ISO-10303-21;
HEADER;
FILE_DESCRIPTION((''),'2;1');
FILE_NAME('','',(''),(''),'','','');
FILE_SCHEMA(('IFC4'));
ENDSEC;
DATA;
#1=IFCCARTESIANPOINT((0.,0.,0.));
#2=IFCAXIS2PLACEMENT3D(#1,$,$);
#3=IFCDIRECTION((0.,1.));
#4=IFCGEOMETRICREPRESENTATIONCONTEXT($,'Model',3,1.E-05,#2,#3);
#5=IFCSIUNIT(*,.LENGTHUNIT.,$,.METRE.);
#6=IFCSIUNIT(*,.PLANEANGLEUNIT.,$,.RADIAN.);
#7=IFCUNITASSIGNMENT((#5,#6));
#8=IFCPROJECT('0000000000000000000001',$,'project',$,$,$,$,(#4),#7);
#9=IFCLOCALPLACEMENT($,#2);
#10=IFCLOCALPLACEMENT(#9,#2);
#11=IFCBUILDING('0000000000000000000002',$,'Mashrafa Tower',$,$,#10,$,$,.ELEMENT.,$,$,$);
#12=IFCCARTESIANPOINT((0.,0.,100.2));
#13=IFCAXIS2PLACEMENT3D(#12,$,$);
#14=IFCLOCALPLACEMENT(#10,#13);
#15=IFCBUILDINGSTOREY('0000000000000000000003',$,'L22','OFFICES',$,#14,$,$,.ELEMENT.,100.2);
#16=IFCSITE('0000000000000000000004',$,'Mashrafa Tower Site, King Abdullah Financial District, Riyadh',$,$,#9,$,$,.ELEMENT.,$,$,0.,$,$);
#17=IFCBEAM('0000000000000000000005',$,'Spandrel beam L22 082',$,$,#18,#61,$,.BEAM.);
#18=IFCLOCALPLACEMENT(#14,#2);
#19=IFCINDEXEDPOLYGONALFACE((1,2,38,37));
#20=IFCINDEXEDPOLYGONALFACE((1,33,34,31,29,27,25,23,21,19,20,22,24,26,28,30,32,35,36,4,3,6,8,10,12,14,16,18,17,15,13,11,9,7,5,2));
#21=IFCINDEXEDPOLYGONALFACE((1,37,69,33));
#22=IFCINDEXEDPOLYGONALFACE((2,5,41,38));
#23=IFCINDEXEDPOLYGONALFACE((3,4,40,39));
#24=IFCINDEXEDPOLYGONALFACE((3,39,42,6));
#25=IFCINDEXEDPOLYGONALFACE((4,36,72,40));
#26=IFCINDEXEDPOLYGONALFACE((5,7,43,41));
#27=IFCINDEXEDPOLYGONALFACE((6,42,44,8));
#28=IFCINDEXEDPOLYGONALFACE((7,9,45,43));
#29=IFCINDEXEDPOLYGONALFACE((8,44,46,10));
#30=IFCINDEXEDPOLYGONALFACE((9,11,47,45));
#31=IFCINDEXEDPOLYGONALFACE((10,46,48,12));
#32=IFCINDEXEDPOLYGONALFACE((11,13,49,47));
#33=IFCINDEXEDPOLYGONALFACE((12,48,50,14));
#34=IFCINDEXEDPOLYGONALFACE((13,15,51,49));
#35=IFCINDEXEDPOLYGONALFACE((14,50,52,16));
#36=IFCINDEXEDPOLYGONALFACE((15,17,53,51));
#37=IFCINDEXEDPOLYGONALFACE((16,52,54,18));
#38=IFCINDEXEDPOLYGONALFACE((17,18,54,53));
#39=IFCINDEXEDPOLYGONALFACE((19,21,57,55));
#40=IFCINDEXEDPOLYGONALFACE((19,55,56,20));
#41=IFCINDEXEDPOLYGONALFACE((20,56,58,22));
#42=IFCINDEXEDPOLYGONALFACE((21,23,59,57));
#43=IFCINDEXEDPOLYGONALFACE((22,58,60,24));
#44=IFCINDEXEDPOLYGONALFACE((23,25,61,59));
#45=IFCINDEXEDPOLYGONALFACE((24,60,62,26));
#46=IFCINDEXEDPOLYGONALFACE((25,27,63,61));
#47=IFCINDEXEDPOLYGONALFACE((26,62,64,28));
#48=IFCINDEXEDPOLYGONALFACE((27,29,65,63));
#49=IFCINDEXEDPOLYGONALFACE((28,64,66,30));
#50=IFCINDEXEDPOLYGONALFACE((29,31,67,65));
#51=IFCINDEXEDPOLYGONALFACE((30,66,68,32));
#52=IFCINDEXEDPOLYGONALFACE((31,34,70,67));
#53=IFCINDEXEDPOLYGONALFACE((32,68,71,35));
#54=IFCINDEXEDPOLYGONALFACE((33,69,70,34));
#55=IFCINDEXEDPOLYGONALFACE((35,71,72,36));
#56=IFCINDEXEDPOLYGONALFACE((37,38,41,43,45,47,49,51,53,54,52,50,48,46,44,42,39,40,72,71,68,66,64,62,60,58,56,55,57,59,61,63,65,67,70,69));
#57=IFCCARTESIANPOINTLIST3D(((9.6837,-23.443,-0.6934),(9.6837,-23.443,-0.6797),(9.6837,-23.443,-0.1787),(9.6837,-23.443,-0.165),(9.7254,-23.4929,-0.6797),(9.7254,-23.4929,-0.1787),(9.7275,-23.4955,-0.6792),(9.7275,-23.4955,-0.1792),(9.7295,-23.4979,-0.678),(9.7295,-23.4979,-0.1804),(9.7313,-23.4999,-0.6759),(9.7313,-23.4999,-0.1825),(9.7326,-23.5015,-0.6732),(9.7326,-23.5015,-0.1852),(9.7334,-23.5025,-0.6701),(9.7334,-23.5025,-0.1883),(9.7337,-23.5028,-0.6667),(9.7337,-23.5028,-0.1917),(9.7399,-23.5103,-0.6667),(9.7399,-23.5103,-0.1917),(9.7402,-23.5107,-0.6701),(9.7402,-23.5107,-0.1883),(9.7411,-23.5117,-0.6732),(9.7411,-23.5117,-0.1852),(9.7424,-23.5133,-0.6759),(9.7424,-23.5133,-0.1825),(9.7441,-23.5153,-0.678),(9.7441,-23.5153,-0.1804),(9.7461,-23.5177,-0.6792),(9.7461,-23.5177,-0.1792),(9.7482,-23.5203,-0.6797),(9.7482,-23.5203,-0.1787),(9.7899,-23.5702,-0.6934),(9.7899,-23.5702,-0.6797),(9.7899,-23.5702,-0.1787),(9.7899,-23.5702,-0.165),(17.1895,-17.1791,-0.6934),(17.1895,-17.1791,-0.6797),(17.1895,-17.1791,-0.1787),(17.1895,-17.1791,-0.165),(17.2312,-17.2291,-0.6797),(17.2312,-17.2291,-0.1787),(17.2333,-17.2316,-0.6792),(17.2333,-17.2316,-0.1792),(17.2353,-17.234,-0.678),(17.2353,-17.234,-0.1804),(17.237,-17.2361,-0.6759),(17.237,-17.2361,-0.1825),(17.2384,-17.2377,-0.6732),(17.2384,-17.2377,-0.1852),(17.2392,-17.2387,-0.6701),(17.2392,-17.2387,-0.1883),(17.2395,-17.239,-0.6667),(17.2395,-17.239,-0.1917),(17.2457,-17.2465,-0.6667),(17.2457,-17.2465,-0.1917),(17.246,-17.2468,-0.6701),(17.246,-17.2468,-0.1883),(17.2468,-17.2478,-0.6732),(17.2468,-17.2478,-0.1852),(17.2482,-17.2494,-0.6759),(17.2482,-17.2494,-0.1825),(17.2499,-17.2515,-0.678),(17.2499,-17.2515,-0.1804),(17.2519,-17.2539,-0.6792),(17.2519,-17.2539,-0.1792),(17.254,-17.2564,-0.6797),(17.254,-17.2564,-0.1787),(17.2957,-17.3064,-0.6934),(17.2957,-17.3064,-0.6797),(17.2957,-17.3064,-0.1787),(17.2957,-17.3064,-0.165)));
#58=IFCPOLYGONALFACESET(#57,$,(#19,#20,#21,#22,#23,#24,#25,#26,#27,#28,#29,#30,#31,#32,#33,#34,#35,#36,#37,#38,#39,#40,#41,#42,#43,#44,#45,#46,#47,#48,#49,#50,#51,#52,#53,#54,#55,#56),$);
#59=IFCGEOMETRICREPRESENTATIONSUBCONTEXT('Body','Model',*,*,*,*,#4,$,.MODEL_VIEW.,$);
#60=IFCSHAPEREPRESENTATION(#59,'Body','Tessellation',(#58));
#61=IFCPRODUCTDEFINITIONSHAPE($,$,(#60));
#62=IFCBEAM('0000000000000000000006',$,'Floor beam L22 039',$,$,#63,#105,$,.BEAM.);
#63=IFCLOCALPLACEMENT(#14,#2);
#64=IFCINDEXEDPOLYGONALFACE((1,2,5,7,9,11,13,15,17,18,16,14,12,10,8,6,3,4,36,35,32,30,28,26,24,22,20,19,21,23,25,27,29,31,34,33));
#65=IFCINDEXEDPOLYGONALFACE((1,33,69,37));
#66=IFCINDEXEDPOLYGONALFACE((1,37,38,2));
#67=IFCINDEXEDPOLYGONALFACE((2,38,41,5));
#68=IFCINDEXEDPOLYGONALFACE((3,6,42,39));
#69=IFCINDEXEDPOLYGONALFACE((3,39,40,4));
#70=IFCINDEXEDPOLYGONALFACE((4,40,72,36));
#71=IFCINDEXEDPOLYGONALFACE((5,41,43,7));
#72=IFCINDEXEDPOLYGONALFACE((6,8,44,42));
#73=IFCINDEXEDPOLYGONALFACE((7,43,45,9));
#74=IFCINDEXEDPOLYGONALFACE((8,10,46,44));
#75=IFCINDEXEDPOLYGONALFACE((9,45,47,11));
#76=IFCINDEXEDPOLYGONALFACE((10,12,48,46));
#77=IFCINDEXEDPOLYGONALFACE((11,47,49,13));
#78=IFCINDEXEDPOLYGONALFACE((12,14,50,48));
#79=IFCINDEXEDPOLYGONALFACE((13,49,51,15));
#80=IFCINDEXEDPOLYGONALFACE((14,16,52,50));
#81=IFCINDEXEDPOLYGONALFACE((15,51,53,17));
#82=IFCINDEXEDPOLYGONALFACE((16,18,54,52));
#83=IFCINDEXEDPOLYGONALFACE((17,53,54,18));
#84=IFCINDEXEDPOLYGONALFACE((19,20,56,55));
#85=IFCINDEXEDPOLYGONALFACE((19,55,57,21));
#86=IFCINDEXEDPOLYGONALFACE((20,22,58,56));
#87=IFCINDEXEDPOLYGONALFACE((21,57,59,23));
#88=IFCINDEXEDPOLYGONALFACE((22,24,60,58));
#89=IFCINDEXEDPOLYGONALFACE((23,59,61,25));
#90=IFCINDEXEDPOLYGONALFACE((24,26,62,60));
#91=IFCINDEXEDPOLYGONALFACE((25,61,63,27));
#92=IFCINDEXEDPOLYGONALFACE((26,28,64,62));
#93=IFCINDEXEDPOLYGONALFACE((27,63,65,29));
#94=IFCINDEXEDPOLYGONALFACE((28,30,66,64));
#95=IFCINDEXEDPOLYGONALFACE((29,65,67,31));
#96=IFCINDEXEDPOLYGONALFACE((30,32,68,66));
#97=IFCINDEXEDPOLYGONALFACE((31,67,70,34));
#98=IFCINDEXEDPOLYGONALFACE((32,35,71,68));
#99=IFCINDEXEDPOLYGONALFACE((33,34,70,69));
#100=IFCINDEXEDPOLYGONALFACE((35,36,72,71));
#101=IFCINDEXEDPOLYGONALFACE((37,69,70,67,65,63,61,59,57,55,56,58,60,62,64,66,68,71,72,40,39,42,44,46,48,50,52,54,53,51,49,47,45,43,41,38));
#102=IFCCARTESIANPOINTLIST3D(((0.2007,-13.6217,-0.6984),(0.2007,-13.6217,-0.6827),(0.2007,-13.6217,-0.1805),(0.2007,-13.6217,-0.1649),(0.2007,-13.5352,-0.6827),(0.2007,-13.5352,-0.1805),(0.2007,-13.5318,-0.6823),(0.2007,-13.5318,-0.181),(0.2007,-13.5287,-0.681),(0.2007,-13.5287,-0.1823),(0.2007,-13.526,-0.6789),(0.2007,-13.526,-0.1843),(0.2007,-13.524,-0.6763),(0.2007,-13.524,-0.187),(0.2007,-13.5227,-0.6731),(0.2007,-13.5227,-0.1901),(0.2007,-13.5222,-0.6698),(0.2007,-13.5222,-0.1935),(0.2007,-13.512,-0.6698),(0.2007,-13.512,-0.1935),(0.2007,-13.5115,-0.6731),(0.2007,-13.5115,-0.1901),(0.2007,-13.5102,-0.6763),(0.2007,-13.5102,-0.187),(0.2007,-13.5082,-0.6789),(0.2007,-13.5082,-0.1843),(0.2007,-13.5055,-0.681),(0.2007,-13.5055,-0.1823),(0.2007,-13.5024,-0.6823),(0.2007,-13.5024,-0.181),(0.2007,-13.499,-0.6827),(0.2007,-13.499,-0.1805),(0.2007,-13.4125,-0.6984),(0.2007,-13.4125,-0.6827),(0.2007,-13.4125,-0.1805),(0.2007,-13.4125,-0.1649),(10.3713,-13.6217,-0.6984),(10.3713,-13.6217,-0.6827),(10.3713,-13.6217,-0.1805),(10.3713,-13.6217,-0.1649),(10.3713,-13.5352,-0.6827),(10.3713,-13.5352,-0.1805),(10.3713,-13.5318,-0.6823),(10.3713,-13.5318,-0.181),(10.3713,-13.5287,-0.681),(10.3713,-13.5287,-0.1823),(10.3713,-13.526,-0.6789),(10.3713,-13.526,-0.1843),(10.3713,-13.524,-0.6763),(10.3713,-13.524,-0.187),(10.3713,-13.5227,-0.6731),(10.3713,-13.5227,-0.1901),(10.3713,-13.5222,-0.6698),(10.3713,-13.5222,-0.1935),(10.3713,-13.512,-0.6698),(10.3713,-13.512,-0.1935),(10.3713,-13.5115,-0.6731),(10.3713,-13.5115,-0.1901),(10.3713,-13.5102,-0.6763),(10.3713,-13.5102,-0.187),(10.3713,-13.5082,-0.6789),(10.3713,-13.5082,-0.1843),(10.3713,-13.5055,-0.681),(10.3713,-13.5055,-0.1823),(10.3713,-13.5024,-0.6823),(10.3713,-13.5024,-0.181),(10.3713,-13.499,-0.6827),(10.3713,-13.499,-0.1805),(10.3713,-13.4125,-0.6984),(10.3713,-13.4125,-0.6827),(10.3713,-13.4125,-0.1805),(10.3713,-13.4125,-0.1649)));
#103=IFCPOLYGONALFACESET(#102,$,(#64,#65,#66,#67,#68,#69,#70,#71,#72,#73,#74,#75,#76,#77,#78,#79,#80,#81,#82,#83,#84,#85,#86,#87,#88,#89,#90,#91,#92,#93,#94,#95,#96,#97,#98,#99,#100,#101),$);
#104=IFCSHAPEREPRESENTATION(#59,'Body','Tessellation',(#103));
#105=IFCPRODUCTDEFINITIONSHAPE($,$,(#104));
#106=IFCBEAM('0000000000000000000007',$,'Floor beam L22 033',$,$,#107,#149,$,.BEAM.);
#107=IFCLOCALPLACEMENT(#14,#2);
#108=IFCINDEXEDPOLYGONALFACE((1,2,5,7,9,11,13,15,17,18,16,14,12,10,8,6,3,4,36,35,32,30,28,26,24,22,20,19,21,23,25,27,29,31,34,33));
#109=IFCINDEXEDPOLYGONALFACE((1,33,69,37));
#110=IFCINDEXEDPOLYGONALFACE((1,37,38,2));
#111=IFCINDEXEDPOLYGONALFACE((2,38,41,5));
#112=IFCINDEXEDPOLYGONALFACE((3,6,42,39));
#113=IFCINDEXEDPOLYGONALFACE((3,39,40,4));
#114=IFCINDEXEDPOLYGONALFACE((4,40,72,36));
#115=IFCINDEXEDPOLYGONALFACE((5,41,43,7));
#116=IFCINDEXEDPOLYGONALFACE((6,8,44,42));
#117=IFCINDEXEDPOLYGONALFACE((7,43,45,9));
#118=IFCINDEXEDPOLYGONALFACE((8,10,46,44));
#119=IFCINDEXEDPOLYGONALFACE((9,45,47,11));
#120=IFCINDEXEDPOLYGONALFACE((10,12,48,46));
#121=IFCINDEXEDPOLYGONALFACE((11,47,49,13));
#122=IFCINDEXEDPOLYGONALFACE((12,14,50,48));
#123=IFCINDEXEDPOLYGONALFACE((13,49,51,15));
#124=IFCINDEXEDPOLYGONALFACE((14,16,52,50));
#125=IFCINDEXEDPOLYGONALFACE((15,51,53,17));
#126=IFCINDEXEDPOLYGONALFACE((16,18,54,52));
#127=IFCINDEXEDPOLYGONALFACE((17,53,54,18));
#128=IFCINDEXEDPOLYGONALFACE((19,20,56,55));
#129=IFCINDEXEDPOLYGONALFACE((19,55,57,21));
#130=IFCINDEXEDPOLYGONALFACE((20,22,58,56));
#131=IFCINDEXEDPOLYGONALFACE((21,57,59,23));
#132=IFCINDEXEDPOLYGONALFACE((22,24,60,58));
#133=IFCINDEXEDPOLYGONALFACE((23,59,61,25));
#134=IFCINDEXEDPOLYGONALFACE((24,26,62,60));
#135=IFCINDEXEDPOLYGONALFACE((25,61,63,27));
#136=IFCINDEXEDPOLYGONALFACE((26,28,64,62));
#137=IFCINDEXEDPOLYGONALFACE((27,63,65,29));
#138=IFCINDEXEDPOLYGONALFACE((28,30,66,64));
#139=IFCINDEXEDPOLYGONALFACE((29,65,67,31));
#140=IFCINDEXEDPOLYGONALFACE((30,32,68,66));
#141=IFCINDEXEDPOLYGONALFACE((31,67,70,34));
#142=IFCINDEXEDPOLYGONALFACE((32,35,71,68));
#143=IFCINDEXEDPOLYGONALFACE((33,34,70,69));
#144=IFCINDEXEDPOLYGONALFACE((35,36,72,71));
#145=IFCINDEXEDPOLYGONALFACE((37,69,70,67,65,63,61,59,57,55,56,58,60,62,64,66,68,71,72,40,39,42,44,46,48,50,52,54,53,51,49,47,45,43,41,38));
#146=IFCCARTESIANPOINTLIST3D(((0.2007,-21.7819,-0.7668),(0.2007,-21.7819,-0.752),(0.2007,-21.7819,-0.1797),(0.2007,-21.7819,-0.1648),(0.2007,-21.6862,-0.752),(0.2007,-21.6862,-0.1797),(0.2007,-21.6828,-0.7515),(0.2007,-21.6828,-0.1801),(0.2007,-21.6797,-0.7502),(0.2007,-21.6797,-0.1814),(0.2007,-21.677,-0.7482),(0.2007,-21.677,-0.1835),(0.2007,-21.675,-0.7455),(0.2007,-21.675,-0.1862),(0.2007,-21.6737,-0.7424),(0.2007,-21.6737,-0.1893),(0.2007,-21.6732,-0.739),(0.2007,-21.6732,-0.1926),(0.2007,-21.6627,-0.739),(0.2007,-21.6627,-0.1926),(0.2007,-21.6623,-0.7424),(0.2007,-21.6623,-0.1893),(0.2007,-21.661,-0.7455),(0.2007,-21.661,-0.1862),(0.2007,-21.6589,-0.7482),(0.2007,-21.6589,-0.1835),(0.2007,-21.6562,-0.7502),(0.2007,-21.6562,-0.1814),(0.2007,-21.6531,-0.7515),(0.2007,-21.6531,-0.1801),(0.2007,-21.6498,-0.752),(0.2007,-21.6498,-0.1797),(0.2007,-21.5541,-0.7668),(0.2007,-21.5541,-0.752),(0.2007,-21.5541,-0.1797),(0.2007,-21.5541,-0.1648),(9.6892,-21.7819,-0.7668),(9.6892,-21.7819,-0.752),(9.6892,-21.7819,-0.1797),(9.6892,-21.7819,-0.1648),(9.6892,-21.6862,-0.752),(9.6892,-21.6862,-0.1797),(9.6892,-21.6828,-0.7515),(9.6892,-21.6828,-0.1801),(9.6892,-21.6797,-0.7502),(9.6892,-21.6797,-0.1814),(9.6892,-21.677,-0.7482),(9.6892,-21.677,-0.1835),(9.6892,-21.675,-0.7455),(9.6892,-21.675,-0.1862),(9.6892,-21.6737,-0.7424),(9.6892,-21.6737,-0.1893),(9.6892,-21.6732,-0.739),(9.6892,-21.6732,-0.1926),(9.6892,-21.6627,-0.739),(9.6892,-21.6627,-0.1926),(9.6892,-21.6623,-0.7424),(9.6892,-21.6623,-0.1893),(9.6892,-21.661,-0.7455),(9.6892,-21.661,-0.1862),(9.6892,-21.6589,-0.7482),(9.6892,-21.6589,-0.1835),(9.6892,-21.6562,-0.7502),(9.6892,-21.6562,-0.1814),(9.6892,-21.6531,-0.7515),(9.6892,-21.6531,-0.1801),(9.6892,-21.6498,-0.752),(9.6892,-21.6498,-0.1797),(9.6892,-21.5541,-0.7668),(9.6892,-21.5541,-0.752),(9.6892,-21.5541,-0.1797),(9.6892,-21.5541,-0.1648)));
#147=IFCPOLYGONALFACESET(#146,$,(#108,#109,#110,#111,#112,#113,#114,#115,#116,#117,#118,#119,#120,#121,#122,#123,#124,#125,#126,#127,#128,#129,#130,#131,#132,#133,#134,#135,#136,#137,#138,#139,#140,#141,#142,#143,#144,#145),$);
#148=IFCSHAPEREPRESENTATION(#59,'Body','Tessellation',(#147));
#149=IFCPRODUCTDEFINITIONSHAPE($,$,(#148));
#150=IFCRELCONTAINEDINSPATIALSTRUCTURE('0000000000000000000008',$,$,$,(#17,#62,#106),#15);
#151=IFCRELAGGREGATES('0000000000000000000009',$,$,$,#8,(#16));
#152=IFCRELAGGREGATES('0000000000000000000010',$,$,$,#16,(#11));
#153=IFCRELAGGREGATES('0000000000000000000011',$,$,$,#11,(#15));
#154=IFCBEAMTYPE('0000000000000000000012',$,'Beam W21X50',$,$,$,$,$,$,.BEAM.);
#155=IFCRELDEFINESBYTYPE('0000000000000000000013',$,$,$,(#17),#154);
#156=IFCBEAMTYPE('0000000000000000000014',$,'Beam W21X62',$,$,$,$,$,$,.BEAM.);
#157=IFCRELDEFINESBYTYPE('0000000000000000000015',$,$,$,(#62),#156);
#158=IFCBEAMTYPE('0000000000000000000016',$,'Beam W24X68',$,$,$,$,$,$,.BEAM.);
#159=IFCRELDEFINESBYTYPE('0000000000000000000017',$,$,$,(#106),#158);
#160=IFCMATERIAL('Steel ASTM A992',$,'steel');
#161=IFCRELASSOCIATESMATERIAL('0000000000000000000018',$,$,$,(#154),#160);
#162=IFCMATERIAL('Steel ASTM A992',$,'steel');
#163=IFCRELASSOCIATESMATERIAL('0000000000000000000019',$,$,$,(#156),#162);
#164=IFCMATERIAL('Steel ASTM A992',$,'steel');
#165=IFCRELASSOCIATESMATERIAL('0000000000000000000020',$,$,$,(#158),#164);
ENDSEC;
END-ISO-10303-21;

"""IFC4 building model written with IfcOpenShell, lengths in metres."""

from ifc_helpers import new_model, si_unit, direction, frame, origin, origin_2d, place, context, subcontext, project, spatial, i_section, extrude, material, material_profile, profile_set, type_object, element, save


model = new_model("IFC4")

# Units and contexts
model_context = context("Model", 3, precision=1e-05, world=origin(), true_north=direction((0.0, 1.0)))
body_context = subcontext(model_context, "Body", "Model", "MODEL_VIEW")
ifc_project = project(units=[si_unit("LENGTHUNIT", "METRE"), si_unit("PLANEANGLEUNIT", "RADIAN")], contexts=[model_context])

# Site, building, storey
site_placement = place(None, origin())
site = spatial("IfcSite", under=ifc_project, at=site_placement, Name="Mashrafa Tower Site, King Abdullah Financial District, Riyadh", CompositionType="ELEMENT", RefElevation=0.0)
building_placement = place(site_placement, origin())
building = spatial("IfcBuilding", under=site, at=building_placement, Name="Mashrafa Tower", CompositionType="ELEMENT")
storey_placement = place(building_placement, frame((0.0, 0.0, 100.2)))
storey = spatial("IfcBuildingStorey", under=building, at=storey_placement, Name="L22", Description="OFFICES", CompositionType="ELEMENT", Elevation=100.2)

# Beams
ifc_material_1 = material(Name="Steel ASTM A992", Category="steel")
ifc_material_profile_1 = material_profile(ifc_material_1, i_section(OverallWidth=0.1658, OverallDepth=0.5283, WebThickness=0.0098, FlangeThickness=0.0137, FilletRadius=0.0129, at=origin_2d()), Name="W21X50")
ifc_profile_set_1 = profile_set([ifc_material_profile_1], Name="Steel ASTM A992")
beam_type_1 = type_object("IfcBeamType", Name="Beam W21X50", PredefinedType="BEAM", material=ifc_profile_set_1)
beam_1_placement = place(storey_placement, frame((9.7368, -23.5066, -0.4292), z_axis=(0.767767, 0.64073, 0.0), x_axis=(-0.64073, 0.767767, 0.0)))
element("IfcBeam", 1, at=beam_1_placement, inside=storey, type_object=beam_type_1, Name="Spandrel beam L22 082", PredefinedType="BEAM", context=body_context, shape_type="SweptSolid", body=[
    extrude(i_section(OverallWidth=0.1658, OverallDepth=0.5283, WebThickness=0.0098, FlangeThickness=0.0137, FilletRadius=0.0129, at=origin_2d()), origin(), (0.0, 0.0, 1.0), 9.7761),
])
ifc_material_2 = material(Name="Steel ASTM A992", Category="steel")
ifc_material_profile_2 = material_profile(ifc_material_2, i_section(OverallWidth=0.2092, OverallDepth=0.5334, WebThickness=0.0103, FlangeThickness=0.0156, FilletRadius=0.0129, at=origin_2d()), Name="W21X62")
ifc_profile_set_2 = profile_set([ifc_material_profile_2], Name="Steel ASTM A992")
beam_type_2 = type_object("IfcBeamType", Name="Beam W21X62", PredefinedType="BEAM", material=ifc_profile_set_2)
beam_2_placement = place(storey_placement, frame((10.3713, -13.5171, -0.4316), z_axis=(-1.0, 0.0, 0.0), x_axis=(0.0, -1.0, 0.0)))
element("IfcBeam", 2, at=beam_2_placement, inside=storey, type_object=beam_type_2, Name="Floor beam L22 039", PredefinedType="BEAM", context=body_context, shape_type="SweptSolid", body=[
    extrude(i_section(OverallWidth=0.2092, OverallDepth=0.5334, WebThickness=0.0103, FlangeThickness=0.0156, FilletRadius=0.0129, at=origin_2d()), origin(), (0.0, 0.0, 1.0), 10.1707),
])
ifc_material_3 = material(Name="Steel ASTM A992", Category="steel")
ifc_material_profile_3 = material_profile(ifc_material_3, i_section(OverallWidth=0.2278, OverallDepth=0.6021, WebThickness=0.0105, FlangeThickness=0.0149, FilletRadius=0.0129, at=origin_2d()), Name="W24X68")
ifc_profile_set_3 = profile_set([ifc_material_profile_3], Name="Steel ASTM A992")
beam_type_3 = type_object("IfcBeamType", Name="Beam W24X68", PredefinedType="BEAM", material=ifc_profile_set_3)
beam_3_placement = place(storey_placement, frame((9.6892, -21.668, -0.4658), z_axis=(-1.0, 0.0, 0.0), x_axis=(0.0, -1.0, 0.0)))
element("IfcBeam", 3, at=beam_3_placement, inside=storey, type_object=beam_type_3, Name="Floor beam L22 033", PredefinedType="BEAM", context=body_context, shape_type="SweptSolid", body=[
    extrude(i_section(OverallWidth=0.2278, OverallDepth=0.6021, WebThickness=0.0105, FlangeThickness=0.0149, FilletRadius=0.0129, at=origin_2d()), origin(), (0.0, 0.0, 1.0), 9.4885),
])

save(model, "model.ifc")
